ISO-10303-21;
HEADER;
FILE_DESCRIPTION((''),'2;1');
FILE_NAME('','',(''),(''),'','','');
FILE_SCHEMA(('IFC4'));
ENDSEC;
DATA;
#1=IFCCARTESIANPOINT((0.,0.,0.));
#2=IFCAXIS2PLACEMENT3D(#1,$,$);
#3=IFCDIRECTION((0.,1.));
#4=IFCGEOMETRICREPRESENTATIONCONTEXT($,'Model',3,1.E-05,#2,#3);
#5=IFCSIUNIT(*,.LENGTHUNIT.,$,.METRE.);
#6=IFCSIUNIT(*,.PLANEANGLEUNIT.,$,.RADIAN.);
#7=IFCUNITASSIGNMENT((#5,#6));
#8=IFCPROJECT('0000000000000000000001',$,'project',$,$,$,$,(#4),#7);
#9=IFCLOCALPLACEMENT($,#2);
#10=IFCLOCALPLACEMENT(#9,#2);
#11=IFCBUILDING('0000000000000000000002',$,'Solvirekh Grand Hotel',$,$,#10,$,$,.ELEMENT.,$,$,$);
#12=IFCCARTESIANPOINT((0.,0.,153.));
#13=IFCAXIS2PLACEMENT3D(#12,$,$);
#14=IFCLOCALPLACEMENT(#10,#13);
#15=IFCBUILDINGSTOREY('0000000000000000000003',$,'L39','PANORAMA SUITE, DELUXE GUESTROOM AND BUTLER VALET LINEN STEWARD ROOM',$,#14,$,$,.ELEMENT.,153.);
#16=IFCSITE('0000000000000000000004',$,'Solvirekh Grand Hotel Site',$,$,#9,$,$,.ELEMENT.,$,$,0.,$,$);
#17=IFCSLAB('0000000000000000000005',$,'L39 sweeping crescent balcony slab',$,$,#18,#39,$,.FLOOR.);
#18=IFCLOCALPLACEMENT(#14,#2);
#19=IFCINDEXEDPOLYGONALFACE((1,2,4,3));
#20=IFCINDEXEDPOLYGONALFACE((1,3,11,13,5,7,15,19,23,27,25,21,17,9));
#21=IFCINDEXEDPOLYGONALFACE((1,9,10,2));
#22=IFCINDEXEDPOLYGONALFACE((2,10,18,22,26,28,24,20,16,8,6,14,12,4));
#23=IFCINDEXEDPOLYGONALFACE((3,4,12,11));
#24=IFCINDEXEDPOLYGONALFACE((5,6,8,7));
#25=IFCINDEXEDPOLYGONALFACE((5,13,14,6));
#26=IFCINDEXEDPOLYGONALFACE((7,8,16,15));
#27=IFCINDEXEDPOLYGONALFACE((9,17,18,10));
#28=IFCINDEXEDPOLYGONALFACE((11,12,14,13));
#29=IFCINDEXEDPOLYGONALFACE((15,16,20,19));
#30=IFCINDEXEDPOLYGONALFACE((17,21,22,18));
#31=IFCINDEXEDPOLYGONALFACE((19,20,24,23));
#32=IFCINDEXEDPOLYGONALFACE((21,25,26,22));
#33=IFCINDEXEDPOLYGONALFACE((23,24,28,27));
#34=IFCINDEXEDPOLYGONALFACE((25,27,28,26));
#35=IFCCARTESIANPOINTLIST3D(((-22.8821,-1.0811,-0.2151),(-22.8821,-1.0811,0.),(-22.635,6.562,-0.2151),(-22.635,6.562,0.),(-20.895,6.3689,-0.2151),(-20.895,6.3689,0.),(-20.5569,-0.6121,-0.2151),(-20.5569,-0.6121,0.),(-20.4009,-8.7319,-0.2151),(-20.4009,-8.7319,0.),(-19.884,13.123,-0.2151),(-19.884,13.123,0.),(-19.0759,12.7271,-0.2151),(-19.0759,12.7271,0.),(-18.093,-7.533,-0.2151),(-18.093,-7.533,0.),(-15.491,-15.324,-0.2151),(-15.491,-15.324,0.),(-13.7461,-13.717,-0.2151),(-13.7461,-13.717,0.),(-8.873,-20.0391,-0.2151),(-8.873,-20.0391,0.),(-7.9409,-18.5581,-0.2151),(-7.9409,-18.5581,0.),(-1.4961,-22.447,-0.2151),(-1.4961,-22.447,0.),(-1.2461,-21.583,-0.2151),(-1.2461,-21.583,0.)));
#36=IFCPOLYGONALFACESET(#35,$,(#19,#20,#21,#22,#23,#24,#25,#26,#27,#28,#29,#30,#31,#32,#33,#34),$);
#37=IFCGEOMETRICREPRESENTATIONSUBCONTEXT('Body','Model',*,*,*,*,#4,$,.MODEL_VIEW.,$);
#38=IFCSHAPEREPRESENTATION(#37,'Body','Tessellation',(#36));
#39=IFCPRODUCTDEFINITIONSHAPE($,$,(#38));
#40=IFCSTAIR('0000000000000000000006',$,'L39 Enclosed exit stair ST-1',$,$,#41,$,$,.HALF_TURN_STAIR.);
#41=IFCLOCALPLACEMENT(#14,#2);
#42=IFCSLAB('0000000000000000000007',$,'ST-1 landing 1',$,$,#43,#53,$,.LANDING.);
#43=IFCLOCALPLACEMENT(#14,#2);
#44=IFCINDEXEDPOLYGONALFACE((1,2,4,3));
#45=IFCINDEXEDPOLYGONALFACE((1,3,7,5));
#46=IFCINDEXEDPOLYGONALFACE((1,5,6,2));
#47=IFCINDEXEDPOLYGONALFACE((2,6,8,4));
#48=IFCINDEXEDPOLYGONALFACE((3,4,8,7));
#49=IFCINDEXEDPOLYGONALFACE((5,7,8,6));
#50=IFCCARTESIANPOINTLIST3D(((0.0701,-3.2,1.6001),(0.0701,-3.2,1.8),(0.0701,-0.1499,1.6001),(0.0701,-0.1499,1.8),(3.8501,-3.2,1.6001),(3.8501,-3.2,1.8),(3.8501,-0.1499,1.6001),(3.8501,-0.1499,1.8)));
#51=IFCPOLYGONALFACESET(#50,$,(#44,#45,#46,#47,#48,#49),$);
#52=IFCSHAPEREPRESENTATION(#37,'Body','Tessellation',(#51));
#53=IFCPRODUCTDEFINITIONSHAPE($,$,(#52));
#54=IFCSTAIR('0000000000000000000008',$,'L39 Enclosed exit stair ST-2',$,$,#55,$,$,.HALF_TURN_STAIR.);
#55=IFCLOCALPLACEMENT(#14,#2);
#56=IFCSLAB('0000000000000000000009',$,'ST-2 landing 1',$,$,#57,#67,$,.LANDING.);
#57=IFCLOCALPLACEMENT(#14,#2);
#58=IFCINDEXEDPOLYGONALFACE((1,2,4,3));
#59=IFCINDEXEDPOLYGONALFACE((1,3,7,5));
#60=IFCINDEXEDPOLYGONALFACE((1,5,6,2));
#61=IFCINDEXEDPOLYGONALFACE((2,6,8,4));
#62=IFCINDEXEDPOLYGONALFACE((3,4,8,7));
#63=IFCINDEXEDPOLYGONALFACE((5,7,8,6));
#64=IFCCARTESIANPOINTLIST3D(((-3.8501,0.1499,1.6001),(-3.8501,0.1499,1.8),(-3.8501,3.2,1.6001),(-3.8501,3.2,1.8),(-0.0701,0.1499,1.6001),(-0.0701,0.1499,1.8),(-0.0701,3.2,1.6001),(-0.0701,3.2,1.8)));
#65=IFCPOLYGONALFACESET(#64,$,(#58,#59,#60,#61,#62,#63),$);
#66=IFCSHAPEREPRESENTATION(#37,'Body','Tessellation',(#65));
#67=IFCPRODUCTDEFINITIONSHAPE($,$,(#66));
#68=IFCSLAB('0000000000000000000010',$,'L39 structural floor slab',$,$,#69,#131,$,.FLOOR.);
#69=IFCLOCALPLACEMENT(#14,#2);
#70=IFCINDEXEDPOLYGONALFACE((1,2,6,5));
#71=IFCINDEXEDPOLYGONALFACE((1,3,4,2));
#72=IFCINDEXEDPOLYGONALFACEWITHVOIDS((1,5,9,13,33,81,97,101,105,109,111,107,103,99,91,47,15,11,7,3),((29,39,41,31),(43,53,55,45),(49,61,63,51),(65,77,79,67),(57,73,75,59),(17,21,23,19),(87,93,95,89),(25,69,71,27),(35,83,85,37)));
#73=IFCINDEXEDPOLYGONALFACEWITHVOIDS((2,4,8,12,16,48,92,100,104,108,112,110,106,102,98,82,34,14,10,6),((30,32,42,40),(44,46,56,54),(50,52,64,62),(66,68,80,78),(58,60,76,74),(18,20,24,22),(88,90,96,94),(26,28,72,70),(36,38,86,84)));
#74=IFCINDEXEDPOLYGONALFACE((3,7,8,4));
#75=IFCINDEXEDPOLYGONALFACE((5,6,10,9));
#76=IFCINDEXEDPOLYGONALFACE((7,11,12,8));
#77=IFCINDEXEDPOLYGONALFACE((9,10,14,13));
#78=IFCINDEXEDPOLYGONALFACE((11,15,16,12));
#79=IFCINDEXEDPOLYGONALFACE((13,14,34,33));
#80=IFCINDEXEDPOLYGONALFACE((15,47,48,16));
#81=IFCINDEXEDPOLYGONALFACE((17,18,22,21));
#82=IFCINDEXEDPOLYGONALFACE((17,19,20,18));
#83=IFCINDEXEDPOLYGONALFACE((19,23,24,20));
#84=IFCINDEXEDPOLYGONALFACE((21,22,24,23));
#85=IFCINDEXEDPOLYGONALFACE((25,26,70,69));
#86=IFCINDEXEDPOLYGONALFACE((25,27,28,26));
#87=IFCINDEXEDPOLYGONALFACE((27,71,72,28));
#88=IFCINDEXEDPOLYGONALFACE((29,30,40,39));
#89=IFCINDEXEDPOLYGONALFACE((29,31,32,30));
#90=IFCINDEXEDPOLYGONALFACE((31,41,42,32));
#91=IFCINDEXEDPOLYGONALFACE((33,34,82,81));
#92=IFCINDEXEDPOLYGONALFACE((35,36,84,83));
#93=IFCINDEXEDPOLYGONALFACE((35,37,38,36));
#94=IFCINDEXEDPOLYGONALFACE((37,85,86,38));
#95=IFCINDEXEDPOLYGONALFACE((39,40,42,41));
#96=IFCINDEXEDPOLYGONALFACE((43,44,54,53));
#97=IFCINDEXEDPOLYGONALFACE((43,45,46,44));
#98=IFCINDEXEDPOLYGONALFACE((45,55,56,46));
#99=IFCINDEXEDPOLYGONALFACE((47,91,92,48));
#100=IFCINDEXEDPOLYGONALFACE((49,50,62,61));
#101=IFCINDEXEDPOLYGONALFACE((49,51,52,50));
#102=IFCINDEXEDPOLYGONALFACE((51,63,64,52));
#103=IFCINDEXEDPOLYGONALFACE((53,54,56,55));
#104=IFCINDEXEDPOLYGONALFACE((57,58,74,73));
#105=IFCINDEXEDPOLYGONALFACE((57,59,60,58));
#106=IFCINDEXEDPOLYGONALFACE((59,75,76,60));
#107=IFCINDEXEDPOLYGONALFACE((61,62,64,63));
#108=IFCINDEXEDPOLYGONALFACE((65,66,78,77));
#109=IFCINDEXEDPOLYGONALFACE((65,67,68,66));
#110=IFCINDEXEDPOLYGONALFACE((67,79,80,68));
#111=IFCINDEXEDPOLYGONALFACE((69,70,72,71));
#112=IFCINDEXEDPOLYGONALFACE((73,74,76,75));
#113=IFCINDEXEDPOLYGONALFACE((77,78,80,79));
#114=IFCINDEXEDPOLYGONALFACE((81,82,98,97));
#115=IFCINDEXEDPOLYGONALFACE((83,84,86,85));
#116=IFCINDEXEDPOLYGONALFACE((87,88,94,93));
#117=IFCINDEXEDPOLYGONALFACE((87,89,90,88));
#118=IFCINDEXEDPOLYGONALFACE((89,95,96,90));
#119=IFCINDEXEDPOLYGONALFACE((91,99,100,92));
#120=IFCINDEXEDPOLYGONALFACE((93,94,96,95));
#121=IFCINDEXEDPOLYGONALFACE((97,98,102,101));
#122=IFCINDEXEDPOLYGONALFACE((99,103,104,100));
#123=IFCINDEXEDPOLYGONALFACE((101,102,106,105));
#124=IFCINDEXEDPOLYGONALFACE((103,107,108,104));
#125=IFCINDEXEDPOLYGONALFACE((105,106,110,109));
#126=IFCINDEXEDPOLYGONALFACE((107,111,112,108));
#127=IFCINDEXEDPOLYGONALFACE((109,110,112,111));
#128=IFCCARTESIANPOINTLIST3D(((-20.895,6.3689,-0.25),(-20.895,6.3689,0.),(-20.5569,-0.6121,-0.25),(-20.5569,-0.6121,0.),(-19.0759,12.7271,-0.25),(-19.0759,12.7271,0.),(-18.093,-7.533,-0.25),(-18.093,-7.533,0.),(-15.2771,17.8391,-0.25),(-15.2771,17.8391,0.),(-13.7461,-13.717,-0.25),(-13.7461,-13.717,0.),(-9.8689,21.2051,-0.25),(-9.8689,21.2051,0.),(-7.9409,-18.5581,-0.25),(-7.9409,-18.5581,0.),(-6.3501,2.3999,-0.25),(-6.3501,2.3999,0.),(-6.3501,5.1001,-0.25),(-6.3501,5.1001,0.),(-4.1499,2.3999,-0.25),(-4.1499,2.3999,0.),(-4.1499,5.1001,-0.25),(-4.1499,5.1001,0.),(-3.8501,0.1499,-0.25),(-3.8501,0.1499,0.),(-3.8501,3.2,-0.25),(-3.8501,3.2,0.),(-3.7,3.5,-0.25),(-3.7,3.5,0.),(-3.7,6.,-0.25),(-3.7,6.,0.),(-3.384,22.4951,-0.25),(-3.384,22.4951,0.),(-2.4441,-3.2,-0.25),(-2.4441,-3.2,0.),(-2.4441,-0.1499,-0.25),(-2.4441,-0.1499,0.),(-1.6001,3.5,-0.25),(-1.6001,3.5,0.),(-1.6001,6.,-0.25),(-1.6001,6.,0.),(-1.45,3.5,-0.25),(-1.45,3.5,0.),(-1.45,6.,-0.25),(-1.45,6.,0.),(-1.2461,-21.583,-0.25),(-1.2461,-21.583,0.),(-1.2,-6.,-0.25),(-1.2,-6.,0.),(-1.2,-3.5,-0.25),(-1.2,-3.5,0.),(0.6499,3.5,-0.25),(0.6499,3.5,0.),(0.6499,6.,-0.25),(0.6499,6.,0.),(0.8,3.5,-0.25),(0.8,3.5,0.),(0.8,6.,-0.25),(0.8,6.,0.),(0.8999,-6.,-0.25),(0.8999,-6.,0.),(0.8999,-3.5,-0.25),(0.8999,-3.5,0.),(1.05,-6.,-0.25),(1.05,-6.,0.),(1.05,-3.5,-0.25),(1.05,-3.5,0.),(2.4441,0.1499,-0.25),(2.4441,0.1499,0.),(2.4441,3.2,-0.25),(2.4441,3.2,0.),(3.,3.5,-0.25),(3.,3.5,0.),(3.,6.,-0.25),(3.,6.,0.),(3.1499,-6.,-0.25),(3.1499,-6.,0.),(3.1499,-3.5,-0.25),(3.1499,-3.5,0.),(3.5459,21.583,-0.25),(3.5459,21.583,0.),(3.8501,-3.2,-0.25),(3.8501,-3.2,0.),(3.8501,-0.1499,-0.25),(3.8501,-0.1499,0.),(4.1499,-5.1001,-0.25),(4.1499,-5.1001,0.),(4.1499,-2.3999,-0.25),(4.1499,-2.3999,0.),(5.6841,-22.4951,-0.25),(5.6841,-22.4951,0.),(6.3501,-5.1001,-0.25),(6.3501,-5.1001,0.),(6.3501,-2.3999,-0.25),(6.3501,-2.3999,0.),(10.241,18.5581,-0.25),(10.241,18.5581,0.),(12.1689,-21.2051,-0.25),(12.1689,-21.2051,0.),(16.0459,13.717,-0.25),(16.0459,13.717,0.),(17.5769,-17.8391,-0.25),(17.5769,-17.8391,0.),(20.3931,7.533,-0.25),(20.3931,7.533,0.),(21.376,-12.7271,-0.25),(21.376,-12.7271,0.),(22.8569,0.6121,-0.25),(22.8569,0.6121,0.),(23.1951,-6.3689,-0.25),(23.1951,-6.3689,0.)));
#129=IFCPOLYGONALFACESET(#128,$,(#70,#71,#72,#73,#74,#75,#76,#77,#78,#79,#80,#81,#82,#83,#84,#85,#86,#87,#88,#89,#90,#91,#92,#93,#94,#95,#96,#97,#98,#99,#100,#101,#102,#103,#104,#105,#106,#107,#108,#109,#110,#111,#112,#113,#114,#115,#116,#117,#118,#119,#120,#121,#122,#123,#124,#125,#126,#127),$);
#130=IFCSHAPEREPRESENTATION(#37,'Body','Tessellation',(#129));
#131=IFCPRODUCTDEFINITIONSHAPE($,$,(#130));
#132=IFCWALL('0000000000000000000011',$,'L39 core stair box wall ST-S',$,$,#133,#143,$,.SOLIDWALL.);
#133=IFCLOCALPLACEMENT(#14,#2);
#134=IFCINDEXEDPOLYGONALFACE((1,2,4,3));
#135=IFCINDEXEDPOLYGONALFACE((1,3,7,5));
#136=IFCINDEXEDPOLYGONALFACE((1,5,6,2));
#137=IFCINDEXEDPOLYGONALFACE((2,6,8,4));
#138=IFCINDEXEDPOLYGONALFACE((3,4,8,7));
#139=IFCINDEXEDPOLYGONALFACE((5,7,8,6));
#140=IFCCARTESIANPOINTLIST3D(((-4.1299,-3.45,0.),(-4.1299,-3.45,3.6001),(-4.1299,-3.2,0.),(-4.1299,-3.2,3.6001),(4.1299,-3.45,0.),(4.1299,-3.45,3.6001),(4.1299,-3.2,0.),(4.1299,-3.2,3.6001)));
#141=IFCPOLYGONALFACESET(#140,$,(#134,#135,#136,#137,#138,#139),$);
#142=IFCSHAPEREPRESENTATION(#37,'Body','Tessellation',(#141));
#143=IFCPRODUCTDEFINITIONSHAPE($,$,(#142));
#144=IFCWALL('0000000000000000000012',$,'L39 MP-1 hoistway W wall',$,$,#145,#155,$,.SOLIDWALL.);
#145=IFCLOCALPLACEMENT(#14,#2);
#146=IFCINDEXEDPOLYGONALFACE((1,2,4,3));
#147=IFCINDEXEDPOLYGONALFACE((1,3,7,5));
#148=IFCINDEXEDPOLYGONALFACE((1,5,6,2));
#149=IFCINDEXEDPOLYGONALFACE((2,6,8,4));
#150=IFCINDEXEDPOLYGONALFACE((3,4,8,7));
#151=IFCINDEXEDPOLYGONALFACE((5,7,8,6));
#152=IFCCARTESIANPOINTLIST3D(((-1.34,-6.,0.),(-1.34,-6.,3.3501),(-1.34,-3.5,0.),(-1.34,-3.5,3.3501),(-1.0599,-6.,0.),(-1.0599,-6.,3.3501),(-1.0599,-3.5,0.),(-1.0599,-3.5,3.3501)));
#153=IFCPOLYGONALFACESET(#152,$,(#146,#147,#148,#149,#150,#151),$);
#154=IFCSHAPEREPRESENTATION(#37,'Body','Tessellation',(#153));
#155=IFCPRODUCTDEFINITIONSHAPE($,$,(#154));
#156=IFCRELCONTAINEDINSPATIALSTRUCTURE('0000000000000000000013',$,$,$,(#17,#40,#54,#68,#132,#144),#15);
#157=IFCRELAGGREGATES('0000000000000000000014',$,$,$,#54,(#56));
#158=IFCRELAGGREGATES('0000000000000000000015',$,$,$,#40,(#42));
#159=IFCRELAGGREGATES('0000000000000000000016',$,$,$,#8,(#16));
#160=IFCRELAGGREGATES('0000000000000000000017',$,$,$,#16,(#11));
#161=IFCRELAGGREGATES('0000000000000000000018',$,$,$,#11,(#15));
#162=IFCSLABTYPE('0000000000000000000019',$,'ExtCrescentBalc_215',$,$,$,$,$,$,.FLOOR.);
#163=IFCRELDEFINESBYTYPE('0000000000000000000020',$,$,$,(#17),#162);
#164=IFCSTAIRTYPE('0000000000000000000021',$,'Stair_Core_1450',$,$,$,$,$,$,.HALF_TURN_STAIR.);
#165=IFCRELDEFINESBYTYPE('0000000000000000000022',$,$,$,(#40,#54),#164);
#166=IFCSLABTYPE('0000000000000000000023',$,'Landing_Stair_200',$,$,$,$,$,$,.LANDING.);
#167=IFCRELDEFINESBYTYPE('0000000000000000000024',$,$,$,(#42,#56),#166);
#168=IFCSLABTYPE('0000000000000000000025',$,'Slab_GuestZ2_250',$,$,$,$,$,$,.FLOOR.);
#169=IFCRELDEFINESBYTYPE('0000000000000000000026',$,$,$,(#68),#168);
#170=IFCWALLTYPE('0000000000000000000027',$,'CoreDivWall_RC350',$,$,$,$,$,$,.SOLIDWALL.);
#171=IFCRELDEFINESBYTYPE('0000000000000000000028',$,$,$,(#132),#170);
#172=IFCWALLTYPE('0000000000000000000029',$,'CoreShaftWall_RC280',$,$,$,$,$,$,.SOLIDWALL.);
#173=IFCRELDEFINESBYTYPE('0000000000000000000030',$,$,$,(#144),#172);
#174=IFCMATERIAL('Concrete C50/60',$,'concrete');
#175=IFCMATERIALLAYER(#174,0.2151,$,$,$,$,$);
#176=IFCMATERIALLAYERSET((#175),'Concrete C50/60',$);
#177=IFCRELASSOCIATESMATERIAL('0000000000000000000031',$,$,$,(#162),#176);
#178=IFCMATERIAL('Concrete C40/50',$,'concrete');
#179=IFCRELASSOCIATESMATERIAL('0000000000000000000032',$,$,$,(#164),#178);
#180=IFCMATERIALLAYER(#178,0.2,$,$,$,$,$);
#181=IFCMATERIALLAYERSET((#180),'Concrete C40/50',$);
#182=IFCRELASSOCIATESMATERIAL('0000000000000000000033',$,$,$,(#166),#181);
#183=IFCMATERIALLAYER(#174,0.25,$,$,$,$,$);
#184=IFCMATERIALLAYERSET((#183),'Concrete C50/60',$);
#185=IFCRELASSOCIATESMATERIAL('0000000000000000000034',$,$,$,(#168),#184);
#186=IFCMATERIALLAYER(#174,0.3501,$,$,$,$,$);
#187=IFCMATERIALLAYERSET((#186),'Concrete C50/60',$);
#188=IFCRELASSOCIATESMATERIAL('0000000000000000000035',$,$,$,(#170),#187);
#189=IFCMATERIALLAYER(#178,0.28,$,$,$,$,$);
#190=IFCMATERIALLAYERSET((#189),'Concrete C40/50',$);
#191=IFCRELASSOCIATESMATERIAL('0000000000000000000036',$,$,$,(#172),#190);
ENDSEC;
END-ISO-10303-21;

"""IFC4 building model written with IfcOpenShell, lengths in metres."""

from ifc_helpers import new_model, si_unit, direction, frame, frame_2d, origin, place, context, subcontext, project, spatial, polyline, rectangle, outline, extrude, material, layer, layer_set, type_object, element, aggregate, save


model = new_model("IFC4")

# Units and contexts
model_context = context("Model", 3, precision=1e-05, world=origin(), true_north=direction((0.0, 1.0)))
body_context = subcontext(model_context, "Body", "Model", "MODEL_VIEW")
ifc_project = project(units=[si_unit("LENGTHUNIT", "METRE"), si_unit("PLANEANGLEUNIT", "RADIAN")], contexts=[model_context])

# Site, building, storey
site_placement = place(None, origin())
site = spatial("IfcSite", under=ifc_project, at=site_placement, Name="Solvirekh Grand Hotel Site", CompositionType="ELEMENT", RefElevation=0.0)
building_placement = place(site_placement, origin())
building = spatial("IfcBuilding", under=site, at=building_placement, Name="Solvirekh Grand Hotel", CompositionType="ELEMENT")
storey_placement = place(building_placement, frame((0.0, 0.0, 153.0)))
storey = spatial("IfcBuildingStorey", under=building, at=storey_placement, Name="L39", Description="PANORAMA SUITE, DELUXE GUESTROOM AND BUTLER VALET LINEN STEWARD ROOM", CompositionType="ELEMENT", Elevation=153.0)

# Slab
ifc_material_1 = material(Name="Concrete C50/60", Category="concrete")
ifc_layer_1 = layer(ifc_material_1, 0.2151)
ifc_layer_set_1 = layer_set([ifc_layer_1], Name="Concrete C50/60")
slab_type_1 = type_object("IfcSlabType", Name="ExtCrescentBalc_215", PredefinedType="FLOOR", material=ifc_layer_set_1)
slab_1_placement = place(storey_placement, frame((0.0, 0.0, -0.2151)))
element("IfcSlab", 1, at=slab_1_placement, inside=storey, type_object=slab_type_1, Name="L39 sweeping crescent balcony slab", PredefinedType="FLOOR", context=body_context, shape_type="SweptSolid", body=[
    extrude(outline(polyline([(-19.884, 13.123), (-22.635, 6.562), (-22.8821, -1.0811), (-20.4009, -8.7319), (-15.491, -15.324), (-8.873, -20.0391), (-1.4961, -22.447), (-1.2461, -21.583), (-7.9409, -18.5581), (-13.7461, -13.717), (-18.093, -7.533), (-20.5569, -0.6121), (-20.895, 6.3689), (-19.0759, 12.7271), (-19.884, 13.123)])), origin(), (0.0, 0.0, 1.0), 0.2151),
])

# Stairs, slabs
ifc_material_2 = material(Name="Concrete C40/50", Category="concrete")
stair_type = type_object("IfcStairType", Name="Stair_Core_1450", PredefinedType="HALF_TURN_STAIR", material=ifc_material_2)
stair_1_placement = place(storey_placement, origin())
stair_1 = element("IfcStair", 2, at=stair_1_placement, inside=storey, type_object=stair_type, Name="L39 Enclosed exit stair ST-1", PredefinedType="HALF_TURN_STAIR")
ifc_layer_2 = layer(ifc_material_2, 0.2)
ifc_layer_set_2 = layer_set([ifc_layer_2], Name="Concrete C40/50")
slab_type_2 = type_object("IfcSlabType", Name="Landing_Stair_200", PredefinedType="LANDING", material=ifc_layer_set_2)
slab_2_placement = place(storey_placement, frame((0.0, 0.0, 1.6001)))
slab_2 = element("IfcSlab", 3, at=slab_2_placement, type_object=slab_type_2, Name="ST-1 landing 1", PredefinedType="LANDING", context=body_context, shape_type="SweptSolid", body=[
    extrude(outline(polyline([(0.0701, -3.2), (3.8501, -3.2), (3.8501, -0.1499), (0.0701, -0.1499), (0.0701, -3.2)])), origin(), (0.0, 0.0, 1.0), 0.2),
])
stair_2_placement = place(storey_placement, origin())
stair_2 = element("IfcStair", 4, at=stair_2_placement, inside=storey, type_object=stair_type, Name="L39 Enclosed exit stair ST-2", PredefinedType="HALF_TURN_STAIR")
slab_3_placement = place(storey_placement, frame((0.0, 0.0, 1.6001)))
slab_3 = element("IfcSlab", 5, at=slab_3_placement, type_object=slab_type_2, Name="ST-2 landing 1", PredefinedType="LANDING", context=body_context, shape_type="SweptSolid", body=[
    extrude(outline(polyline([(-0.0701, 3.2), (-3.8501, 3.2), (-3.8501, 0.1499), (-0.0701, 0.1499), (-0.0701, 3.2)])), origin(), (0.0, 0.0, 1.0), 0.2),
])
aggregate(stair_2, [slab_3])

# Slab
ifc_layer_3 = layer(ifc_material_1, 0.25)
ifc_layer_set_3 = layer_set([ifc_layer_3], Name="Concrete C50/60")
slab_type_3 = type_object("IfcSlabType", Name="Slab_GuestZ2_250", PredefinedType="FLOOR", material=ifc_layer_set_3)
slab_4_placement = place(storey_placement, frame((0.0, 0.0, -0.25)))
element("IfcSlab", 6, at=slab_4_placement, inside=storey, type_object=slab_type_3, Name="L39 structural floor slab", PredefinedType="FLOOR", context=body_context, shape_type="SweptSolid", body=[
    extrude(outline(polyline([(17.5769, -17.8391), (21.376, -12.7271), (23.1951, -6.3689), (22.8569, 0.6121), (20.3931, 7.533), (16.0459, 13.717), (10.241, 18.5581), (3.5459, 21.583), (-3.384, 22.4951), (-9.8689, 21.2051), (-15.2771, 17.8391), (-19.0759, 12.7271), (-20.895, 6.3689), (-20.5569, -0.6121), (-18.093, -7.533), (-13.7461, -13.717), (-7.9409, -18.5581), (-1.2461, -21.583), (5.6841, -22.4951), (12.1689, -21.2051), (17.5769, -17.8391)]), holes=[polyline([(-2.4441, -0.1499), (3.8501, -0.1499), (3.8501, -3.2), (-2.4441, -3.2), (-2.4441, -0.1499)]), polyline([(2.4441, 0.1499), (-3.8501, 0.1499), (-3.8501, 3.2), (2.4441, 3.2), (2.4441, 0.1499)]), polyline([(-1.2, -3.5), (0.8999, -3.5), (0.8999, -6.0), (-1.2, -6.0), (-1.2, -3.5)]), polyline([(1.05, -3.5), (3.1499, -3.5), (3.1499, -6.0), (1.05, -6.0), (1.05, -3.5)]), polyline([(-3.7, 6.0), (-1.6001, 6.0), (-1.6001, 3.5), (-3.7, 3.5), (-3.7, 6.0)]), polyline([(-1.45, 6.0), (0.6499, 6.0), (0.6499, 3.5), (-1.45, 3.5), (-1.45, 6.0)]), polyline([(0.8, 6.0), (3.0, 6.0), (3.0, 3.5), (0.8, 3.5), (0.8, 6.0)]), polyline([(-6.3501, 5.1001), (-4.1499, 5.1001), (-4.1499, 2.3999), (-6.3501, 2.3999), (-6.3501, 5.1001)]), polyline([(4.1499, -2.3999), (6.3501, -2.3999), (6.3501, -5.1001), (4.1499, -5.1001), (4.1499, -2.3999)])]), origin(), (0.0, 0.0, 1.0), 0.25),
])

# Walls
ifc_layer_4 = layer(ifc_material_1, 0.3501)
ifc_layer_set_4 = layer_set([ifc_layer_4], Name="Concrete C50/60")
wall_type_1 = type_object("IfcWallType", Name="CoreDivWall_RC350", PredefinedType="SOLIDWALL", material=ifc_layer_set_4)
wall_1_placement = place(storey_placement, frame((-4.1299, -3.325, 0.0), z_axis=(0.0, 0.0, 1.0), x_axis=(1.0, 0.0, 0.0)))
element("IfcWall", 7, at=wall_1_placement, inside=storey, type_object=wall_type_1, Name="L39 core stair box wall ST-S", PredefinedType="SOLIDWALL", context=body_context, shape_type="SweptSolid", body=[
    extrude(rectangle(XDim=8.2598, YDim=0.25, at=frame_2d((4.1299, 0.0))), origin(), (0.0, 0.0, 1.0), 3.6001),
])
ifc_layer_5 = layer(ifc_material_2, 0.28)
ifc_layer_set_5 = layer_set([ifc_layer_5], Name="Concrete C40/50")
wall_type_2 = type_object("IfcWallType", Name="CoreShaftWall_RC280", PredefinedType="SOLIDWALL", material=ifc_layer_set_5)
wall_2_placement = place(storey_placement, frame((-1.2, -3.5, 0.0), z_axis=(0.0, 0.0, 1.0), x_axis=(0.0, -1.0, 0.0)))
element("IfcWall", 8, at=wall_2_placement, inside=storey, type_object=wall_type_2, Name="L39 MP-1 hoistway W wall", PredefinedType="SOLIDWALL", context=body_context, shape_type="SweptSolid", body=[
    extrude(rectangle(XDim=2.5, YDim=0.28, at=frame_2d((1.25, 0.0))), origin(), (0.0, 0.0, 1.0), 3.3501),
])

aggregate(stair_1, [slab_2])

save(model, "model.ifc")
